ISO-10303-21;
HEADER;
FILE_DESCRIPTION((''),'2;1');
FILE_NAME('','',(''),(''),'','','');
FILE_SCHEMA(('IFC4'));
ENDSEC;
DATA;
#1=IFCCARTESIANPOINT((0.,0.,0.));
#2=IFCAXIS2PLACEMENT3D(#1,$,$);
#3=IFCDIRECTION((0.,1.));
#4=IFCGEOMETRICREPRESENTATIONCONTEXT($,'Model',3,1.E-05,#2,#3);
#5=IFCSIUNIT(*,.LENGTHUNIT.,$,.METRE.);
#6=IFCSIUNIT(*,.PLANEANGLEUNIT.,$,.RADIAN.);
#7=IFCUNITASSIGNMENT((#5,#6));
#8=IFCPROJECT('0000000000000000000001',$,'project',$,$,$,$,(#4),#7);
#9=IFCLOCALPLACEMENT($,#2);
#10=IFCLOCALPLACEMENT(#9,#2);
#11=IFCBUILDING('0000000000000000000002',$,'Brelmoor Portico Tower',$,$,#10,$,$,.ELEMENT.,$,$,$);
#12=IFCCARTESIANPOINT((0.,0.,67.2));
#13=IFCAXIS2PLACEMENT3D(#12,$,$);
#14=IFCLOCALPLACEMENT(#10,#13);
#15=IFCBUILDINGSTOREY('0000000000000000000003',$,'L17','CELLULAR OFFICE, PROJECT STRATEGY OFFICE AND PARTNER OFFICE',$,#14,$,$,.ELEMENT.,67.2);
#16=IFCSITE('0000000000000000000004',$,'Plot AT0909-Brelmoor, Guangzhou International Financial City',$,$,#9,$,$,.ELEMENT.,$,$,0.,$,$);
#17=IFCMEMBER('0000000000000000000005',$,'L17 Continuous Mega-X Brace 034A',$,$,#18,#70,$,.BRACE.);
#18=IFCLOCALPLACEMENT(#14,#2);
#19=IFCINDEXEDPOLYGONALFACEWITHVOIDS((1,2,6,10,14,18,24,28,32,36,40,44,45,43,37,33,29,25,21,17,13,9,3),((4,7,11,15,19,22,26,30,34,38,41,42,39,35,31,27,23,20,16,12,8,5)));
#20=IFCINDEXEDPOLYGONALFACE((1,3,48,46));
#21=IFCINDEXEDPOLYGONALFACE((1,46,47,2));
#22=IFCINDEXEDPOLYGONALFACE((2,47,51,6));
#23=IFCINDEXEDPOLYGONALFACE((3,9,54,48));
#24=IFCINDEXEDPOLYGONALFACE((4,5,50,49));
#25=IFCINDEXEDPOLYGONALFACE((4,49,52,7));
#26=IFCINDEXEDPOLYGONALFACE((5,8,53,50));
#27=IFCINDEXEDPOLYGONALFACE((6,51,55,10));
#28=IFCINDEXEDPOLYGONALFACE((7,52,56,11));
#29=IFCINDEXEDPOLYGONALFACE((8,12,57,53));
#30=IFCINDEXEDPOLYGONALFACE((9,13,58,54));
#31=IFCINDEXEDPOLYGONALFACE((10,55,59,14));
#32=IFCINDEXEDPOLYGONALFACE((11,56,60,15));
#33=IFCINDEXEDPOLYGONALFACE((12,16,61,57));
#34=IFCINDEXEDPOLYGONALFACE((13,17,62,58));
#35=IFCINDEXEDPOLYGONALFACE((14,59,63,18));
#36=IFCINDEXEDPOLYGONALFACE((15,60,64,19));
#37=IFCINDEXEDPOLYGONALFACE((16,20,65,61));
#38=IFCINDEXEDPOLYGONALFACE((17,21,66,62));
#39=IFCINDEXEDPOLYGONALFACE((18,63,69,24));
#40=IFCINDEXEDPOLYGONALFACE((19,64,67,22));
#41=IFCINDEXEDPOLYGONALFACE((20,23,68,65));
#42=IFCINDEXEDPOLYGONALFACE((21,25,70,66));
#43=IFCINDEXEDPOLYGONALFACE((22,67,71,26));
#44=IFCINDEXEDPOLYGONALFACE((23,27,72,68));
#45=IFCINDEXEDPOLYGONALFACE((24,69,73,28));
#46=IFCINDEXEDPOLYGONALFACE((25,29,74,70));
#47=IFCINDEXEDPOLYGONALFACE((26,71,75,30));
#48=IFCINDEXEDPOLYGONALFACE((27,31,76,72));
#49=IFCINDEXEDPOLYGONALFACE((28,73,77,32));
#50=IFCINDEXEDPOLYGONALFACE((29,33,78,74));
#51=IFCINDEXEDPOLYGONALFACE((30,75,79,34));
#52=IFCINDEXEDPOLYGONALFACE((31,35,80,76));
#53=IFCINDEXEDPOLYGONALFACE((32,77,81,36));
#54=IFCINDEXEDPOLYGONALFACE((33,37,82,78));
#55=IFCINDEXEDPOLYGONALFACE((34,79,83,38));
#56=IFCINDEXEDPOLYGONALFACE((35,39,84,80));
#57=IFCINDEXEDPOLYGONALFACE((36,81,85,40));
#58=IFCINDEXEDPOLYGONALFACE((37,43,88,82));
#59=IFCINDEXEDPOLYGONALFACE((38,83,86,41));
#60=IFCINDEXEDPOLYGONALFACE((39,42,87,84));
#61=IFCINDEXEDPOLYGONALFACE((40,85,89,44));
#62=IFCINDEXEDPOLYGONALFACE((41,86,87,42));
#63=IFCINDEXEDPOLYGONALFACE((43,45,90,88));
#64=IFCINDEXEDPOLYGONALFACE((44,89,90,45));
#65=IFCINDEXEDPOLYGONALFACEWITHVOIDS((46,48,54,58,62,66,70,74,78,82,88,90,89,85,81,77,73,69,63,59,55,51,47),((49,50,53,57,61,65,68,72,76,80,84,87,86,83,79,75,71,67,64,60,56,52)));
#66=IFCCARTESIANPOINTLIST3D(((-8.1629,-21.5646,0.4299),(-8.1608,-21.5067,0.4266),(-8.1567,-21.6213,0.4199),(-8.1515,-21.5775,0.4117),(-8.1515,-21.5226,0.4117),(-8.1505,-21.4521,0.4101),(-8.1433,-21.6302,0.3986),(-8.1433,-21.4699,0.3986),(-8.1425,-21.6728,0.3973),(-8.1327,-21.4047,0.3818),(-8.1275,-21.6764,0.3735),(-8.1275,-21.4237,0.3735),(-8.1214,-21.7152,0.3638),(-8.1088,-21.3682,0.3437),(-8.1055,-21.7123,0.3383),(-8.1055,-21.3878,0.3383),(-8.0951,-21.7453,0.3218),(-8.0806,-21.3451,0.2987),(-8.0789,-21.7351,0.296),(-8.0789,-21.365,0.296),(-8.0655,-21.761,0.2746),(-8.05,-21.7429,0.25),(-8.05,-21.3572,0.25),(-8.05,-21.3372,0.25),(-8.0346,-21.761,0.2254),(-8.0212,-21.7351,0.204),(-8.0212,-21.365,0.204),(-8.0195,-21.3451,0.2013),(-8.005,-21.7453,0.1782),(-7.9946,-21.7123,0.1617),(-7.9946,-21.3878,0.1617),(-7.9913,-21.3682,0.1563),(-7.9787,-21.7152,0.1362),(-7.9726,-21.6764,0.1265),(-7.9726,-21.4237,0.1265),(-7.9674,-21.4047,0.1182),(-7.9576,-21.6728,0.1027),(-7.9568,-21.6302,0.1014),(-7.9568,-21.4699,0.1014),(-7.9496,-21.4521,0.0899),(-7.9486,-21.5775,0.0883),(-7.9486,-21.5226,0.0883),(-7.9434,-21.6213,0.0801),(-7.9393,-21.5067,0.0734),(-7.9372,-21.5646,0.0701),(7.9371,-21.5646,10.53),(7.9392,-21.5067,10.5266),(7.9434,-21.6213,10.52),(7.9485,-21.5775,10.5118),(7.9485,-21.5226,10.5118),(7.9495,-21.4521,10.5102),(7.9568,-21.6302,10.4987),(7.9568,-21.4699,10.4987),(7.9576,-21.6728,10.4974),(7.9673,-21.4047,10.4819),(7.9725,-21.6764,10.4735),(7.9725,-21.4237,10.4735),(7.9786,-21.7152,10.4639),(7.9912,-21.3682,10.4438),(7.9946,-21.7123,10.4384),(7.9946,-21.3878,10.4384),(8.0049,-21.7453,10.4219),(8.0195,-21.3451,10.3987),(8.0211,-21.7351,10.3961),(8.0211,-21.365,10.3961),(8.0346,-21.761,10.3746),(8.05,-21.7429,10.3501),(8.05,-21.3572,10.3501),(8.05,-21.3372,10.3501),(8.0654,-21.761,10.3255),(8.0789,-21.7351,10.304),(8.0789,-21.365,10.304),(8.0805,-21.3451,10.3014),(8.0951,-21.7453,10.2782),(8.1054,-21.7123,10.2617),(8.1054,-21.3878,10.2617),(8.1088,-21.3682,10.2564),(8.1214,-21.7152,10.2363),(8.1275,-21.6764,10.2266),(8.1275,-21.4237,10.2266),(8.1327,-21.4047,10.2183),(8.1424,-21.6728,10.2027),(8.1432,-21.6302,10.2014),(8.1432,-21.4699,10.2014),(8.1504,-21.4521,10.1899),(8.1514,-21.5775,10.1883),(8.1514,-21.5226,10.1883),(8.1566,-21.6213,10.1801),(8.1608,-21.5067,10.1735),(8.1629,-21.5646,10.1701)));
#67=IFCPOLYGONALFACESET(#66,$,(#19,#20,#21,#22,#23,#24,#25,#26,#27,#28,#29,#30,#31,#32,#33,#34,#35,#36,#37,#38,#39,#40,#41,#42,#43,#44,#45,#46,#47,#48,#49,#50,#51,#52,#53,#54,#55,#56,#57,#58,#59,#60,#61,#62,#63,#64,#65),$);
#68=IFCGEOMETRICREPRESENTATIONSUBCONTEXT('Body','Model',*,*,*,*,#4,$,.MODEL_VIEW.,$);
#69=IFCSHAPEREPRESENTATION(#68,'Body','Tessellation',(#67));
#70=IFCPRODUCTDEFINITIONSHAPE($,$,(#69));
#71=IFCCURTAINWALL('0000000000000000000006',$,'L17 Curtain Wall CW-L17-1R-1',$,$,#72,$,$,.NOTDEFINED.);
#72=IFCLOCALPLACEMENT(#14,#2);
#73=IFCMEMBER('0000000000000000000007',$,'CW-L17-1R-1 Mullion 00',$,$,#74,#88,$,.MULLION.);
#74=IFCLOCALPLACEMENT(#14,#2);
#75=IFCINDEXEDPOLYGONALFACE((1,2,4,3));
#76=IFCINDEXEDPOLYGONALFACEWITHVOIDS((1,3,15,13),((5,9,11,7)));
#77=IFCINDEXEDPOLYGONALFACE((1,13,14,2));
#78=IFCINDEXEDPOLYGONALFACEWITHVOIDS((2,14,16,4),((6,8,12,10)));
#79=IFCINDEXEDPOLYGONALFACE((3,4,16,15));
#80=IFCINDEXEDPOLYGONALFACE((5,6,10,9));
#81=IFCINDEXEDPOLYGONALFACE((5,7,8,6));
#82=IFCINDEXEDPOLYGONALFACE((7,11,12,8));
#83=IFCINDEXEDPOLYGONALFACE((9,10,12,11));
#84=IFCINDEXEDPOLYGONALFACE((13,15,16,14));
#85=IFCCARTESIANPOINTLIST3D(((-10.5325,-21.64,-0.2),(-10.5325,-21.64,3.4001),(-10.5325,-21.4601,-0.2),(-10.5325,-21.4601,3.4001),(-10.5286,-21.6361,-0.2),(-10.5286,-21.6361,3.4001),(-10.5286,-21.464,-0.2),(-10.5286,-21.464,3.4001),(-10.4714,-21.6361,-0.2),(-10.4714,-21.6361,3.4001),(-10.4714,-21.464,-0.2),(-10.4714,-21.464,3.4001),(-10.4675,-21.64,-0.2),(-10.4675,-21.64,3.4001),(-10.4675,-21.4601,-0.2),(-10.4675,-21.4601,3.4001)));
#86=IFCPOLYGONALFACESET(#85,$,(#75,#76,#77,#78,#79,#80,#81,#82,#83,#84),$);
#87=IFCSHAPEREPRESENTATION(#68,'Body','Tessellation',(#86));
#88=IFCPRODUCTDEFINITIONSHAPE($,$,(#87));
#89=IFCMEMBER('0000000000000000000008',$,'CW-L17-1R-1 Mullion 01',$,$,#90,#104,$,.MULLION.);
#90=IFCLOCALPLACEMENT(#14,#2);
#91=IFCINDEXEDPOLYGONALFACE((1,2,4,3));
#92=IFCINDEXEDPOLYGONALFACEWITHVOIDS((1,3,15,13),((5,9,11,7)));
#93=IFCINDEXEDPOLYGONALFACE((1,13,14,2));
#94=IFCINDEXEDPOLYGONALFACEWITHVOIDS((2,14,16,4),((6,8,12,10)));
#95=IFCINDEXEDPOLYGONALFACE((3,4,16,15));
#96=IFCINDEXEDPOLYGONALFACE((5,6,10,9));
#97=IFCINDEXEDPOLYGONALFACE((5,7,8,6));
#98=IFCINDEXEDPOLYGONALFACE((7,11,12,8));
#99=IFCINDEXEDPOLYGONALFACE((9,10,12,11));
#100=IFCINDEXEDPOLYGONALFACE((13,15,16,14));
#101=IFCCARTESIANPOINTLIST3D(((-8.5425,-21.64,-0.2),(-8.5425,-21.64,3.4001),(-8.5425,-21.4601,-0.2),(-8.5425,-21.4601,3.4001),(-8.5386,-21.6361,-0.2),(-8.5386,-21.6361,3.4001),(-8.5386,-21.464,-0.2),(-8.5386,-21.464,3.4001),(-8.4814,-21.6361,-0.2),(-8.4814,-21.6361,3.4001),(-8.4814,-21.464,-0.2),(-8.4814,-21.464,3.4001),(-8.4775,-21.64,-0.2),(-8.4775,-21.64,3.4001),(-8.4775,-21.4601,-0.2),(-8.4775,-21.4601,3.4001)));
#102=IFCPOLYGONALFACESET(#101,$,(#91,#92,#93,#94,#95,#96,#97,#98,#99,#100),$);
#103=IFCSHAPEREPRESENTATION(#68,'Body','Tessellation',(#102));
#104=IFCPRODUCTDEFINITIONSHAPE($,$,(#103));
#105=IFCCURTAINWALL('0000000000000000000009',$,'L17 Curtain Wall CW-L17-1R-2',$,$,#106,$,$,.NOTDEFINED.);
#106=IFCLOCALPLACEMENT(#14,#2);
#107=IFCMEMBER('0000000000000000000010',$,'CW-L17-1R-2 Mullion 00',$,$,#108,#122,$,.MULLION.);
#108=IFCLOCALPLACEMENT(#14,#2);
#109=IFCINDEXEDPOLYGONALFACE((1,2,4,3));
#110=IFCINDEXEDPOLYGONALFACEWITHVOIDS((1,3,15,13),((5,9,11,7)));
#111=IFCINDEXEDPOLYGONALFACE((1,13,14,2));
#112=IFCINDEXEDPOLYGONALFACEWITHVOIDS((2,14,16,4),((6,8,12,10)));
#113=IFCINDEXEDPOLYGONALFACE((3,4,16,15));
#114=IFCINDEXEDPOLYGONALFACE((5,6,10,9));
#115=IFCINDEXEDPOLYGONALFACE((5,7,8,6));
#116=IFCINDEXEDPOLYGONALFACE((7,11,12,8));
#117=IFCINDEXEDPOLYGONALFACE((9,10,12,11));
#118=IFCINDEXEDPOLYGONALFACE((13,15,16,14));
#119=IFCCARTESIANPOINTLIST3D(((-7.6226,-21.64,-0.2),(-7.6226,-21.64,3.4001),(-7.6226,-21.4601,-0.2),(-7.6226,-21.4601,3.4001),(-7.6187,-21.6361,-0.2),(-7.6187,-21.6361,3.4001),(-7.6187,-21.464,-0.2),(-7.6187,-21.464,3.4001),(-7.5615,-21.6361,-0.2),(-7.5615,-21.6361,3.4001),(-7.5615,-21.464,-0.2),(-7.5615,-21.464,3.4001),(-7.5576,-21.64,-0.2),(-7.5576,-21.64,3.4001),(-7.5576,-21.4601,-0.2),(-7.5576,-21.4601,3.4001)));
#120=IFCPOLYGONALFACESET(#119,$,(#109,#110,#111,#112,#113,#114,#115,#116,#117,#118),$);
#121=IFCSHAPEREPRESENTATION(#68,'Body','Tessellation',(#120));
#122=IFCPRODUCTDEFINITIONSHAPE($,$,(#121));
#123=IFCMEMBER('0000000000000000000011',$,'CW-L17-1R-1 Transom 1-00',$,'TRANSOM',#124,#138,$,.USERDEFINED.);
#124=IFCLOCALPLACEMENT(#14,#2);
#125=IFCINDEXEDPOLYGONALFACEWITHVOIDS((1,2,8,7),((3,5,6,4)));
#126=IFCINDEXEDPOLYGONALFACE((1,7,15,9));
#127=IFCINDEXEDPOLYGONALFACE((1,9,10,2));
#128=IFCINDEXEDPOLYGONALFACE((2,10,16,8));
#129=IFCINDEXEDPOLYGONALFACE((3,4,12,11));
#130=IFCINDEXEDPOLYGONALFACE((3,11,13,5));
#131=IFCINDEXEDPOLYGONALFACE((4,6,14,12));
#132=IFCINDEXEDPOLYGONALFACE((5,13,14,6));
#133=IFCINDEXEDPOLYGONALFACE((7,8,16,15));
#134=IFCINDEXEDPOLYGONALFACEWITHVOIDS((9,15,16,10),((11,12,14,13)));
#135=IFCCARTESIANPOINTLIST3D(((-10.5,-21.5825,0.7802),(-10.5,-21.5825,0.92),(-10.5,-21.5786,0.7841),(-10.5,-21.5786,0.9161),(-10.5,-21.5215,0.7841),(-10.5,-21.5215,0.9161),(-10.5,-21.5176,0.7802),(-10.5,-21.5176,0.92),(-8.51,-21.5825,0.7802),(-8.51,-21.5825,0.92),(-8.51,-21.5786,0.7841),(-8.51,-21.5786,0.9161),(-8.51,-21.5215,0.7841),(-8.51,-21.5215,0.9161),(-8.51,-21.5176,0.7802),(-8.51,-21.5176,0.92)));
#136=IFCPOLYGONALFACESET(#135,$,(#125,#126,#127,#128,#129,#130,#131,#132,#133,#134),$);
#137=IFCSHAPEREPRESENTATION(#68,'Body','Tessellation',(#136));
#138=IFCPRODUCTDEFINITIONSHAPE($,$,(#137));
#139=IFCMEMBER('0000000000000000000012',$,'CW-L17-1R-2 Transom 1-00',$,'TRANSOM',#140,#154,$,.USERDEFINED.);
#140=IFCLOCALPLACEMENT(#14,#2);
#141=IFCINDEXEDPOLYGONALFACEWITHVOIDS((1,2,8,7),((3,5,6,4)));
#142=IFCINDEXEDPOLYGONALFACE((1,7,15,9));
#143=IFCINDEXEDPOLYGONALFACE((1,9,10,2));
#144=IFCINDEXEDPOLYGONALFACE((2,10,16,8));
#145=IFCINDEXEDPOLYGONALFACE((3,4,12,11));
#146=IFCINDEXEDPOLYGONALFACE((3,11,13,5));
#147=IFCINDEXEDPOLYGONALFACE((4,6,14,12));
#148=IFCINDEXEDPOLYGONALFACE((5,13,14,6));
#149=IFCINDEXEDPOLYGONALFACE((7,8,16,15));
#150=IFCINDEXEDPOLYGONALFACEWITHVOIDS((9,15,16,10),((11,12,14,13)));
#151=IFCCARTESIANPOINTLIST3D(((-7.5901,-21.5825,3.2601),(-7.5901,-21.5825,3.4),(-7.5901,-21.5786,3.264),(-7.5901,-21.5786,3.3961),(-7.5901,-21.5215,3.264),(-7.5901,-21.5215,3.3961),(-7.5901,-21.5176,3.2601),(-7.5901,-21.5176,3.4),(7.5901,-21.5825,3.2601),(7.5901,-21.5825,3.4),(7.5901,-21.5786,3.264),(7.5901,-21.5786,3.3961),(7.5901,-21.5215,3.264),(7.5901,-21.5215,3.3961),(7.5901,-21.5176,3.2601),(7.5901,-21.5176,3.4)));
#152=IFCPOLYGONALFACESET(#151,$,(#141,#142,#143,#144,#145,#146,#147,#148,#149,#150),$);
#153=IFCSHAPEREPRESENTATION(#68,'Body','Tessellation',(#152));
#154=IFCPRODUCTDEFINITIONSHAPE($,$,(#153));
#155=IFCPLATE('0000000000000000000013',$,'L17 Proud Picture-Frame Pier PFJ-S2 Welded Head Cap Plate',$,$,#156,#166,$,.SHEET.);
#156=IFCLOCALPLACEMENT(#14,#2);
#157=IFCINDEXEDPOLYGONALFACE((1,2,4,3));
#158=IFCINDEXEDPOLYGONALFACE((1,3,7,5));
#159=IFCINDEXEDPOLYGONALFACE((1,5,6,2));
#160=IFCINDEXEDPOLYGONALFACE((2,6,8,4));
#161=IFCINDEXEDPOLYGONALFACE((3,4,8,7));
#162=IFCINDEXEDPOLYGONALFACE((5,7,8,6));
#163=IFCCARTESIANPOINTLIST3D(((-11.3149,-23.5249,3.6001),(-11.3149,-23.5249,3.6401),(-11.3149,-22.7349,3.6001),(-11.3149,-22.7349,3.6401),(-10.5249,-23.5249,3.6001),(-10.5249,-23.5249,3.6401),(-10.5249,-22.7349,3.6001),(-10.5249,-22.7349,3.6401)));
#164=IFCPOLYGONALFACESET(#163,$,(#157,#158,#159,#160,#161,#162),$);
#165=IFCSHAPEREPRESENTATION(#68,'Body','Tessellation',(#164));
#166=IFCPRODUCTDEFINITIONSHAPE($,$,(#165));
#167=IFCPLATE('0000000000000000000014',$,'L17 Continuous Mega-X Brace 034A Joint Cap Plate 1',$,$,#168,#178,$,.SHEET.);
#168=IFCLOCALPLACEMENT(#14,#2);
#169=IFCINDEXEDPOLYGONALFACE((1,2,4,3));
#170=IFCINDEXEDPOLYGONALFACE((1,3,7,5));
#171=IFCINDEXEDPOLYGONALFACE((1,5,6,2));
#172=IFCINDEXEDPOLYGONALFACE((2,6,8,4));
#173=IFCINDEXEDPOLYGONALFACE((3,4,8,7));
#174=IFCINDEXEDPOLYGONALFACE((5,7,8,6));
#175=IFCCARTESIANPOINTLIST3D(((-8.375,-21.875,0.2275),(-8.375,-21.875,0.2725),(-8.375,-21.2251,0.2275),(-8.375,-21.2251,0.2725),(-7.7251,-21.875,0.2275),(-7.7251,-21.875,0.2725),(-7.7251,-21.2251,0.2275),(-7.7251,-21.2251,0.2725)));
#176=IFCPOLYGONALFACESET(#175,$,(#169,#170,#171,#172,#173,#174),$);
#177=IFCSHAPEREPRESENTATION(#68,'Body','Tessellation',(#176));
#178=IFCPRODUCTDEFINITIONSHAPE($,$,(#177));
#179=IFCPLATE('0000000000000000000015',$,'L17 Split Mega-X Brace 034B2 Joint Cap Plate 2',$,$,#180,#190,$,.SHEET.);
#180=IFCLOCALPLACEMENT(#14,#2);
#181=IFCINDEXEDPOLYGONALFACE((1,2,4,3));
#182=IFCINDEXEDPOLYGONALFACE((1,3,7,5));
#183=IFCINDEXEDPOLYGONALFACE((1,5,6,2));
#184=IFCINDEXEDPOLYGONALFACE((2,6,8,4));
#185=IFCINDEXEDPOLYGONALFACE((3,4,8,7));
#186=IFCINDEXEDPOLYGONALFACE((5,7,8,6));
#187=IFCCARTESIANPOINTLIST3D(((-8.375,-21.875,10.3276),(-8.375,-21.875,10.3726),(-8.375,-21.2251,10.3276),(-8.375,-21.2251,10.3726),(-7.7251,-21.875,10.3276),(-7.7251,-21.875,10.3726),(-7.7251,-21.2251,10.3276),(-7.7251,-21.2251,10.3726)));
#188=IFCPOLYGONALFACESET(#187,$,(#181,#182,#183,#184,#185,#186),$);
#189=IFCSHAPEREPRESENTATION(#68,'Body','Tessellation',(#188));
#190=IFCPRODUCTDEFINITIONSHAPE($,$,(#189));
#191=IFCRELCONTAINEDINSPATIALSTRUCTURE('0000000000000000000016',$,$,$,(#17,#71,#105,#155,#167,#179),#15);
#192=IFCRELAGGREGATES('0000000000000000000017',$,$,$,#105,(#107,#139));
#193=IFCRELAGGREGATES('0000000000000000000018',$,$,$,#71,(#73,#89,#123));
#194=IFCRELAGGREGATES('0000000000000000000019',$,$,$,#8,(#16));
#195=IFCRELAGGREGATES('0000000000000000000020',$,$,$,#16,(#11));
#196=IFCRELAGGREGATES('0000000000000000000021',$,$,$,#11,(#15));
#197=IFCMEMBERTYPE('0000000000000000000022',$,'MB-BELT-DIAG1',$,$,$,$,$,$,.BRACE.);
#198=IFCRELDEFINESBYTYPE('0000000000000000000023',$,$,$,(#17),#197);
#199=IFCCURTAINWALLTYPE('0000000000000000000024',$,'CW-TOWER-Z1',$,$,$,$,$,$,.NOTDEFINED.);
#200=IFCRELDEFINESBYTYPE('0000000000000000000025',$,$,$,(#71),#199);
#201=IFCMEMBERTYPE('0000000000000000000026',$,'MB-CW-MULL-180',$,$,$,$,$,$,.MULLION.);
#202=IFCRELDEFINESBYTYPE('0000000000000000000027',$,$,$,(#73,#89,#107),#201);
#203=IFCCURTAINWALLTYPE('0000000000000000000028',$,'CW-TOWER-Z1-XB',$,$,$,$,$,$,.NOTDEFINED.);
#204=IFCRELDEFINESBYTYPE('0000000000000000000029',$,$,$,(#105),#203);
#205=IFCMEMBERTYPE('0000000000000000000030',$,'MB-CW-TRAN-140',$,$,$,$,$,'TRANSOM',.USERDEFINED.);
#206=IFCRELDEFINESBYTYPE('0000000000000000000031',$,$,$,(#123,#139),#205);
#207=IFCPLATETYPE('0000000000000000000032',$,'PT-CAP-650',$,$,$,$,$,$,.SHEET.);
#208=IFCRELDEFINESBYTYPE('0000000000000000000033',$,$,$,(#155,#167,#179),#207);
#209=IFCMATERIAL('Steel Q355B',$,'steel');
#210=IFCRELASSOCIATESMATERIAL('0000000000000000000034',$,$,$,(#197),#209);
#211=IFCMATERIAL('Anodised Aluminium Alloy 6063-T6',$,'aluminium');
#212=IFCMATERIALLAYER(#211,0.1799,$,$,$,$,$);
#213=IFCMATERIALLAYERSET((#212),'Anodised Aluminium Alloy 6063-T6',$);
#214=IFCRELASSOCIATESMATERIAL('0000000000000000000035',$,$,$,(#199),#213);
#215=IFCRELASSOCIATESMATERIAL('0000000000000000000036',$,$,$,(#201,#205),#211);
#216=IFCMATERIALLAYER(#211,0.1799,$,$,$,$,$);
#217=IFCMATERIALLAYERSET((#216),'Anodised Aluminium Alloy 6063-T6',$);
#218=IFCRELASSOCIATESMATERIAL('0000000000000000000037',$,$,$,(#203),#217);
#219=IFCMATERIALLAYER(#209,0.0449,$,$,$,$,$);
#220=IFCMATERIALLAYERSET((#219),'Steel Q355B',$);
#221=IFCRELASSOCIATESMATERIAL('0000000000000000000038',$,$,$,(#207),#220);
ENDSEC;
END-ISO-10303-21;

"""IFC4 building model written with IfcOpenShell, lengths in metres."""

from ifc_helpers import new_model, si_unit, direction, frame, origin, origin_2d, place, context, subcontext, project, spatial, rectangle, hollow_rectangle, hollow_circle, extrude, material, layer, layer_set, material_profile, profile_set, type_object, element, aggregate, save


model = new_model("IFC4")

# Units and contexts
model_context = context("Model", 3, precision=1e-05, world=origin(), true_north=direction((0.0, 1.0)))
body_context = subcontext(model_context, "Body", "Model", "MODEL_VIEW")
ifc_project = project(units=[si_unit("LENGTHUNIT", "METRE"), si_unit("PLANEANGLEUNIT", "RADIAN")], contexts=[model_context])

# Site, building, storey
site_placement = place(None, origin())
site = spatial("IfcSite", under=ifc_project, at=site_placement, Name="Plot AT0909-Brelmoor, Guangzhou International Financial City", CompositionType="ELEMENT", RefElevation=0.0)
building_placement = place(site_placement, origin())
building = spatial("IfcBuilding", under=site, at=building_placement, Name="Brelmoor Portico Tower", CompositionType="ELEMENT")
storey_placement = place(building_placement, frame((0.0, 0.0, 67.2)))
storey = spatial("IfcBuildingStorey", under=building, at=storey_placement, Name="L17", Description="CELLULAR OFFICE, PROJECT STRATEGY OFFICE AND PARTNER OFFICE", CompositionType="ELEMENT", Elevation=67.2)

# Shared definitions
ifc_material_1 = material(Name="Steel Q355B", Category="steel")

# Member
ifc_material_profile_1 = material_profile(ifc_material_1, hollow_circle(Radius=0.2129, WallThickness=0.02, at=origin_2d()), Name="CHS 426x20")
ifc_profile_set_1 = profile_set([ifc_material_profile_1], Name="Steel Q355B")
member_type_1 = type_object("IfcMemberType", Name="MB-BELT-DIAG1", PredefinedType="BRACE", material=ifc_profile_set_1)
member_1_placement = place(storey_placement, frame((-8.05, -21.55, 0.25), z_axis=(0.847109, 0.0, 0.531418), x_axis=(0.0, 1.0, 0.0)))
element("IfcMember", 1, at=member_1_placement, inside=storey, type_object=member_type_1, Name="L17 Continuous Mega-X Brace 034A", PredefinedType="BRACE", context=body_context, shape_type="SweptSolid", body=[
    extrude(hollow_circle(Radius=0.2129, WallThickness=0.02, at=origin_2d()), origin(), (0.0, 0.0, 1.0), 19.0059),
])

# Curtain wall, members
ifc_material_2 = material(Name="Anodised Aluminium Alloy 6063-T6", Category="aluminium")
ifc_layer_1 = layer(ifc_material_2, 0.1799)
ifc_layer_set_1 = layer_set([ifc_layer_1], Name="Anodised Aluminium Alloy 6063-T6")
curtain_wall_type_1 = type_object("IfcCurtainWallType", Name="CW-TOWER-Z1", PredefinedType="NOTDEFINED", material=ifc_layer_set_1)
curtain_wall_1_placement = place(storey_placement, origin())
curtain_wall_1 = element("IfcCurtainWall", 2, at=curtain_wall_1_placement, inside=storey, type_object=curtain_wall_type_1, Name="L17 Curtain Wall CW-L17-1R-1", PredefinedType="NOTDEFINED")
ifc_material_profile_2 = material_profile(ifc_material_2, hollow_rectangle(XDim=0.0649, YDim=0.1799, WallThickness=0.0039, at=origin_2d()), Name="ALU MULLION 65x180")
ifc_profile_set_2 = profile_set([ifc_material_profile_2], Name="Anodised Aluminium Alloy 6063-T6")
member_type_2 = type_object("IfcMemberType", Name="MB-CW-MULL-180", PredefinedType="MULLION", material=ifc_profile_set_2)
member_2_placement = place(storey_placement, frame((-10.5, -21.55, -0.2), z_axis=(0.0, 0.0, 1.0), x_axis=(1.0, 0.0, 0.0)))
member_2 = element("IfcMember", 3, at=member_2_placement, type_object=member_type_2, Name="CW-L17-1R-1 Mullion 00", PredefinedType="MULLION", context=body_context, shape_type="SweptSolid", body=[
    extrude(hollow_rectangle(XDim=0.0649, YDim=0.1799, WallThickness=0.0039, at=origin_2d()), origin(), (0.0, 0.0, 1.0), 3.6001),
])
member_3_placement = place(storey_placement, frame((-8.51, -21.55, -0.2), z_axis=(0.0, 0.0, 1.0), x_axis=(1.0, 0.0, 0.0)))
member_3 = element("IfcMember", 4, at=member_3_placement, type_object=member_type_2, Name="CW-L17-1R-1 Mullion 01", PredefinedType="MULLION", context=body_context, shape_type="SweptSolid", body=[
    extrude(hollow_rectangle(XDim=0.0649, YDim=0.1799, WallThickness=0.0039, at=origin_2d()), origin(), (0.0, 0.0, 1.0), 3.6001),
])

# Curtain wall, member
ifc_layer_2 = layer(ifc_material_2, 0.1799)
ifc_layer_set_2 = layer_set([ifc_layer_2], Name="Anodised Aluminium Alloy 6063-T6")
curtain_wall_type_2 = type_object("IfcCurtainWallType", Name="CW-TOWER-Z1-XB", PredefinedType="NOTDEFINED", material=ifc_layer_set_2)
curtain_wall_2_placement = place(storey_placement, origin())
curtain_wall_2 = element("IfcCurtainWall", 5, at=curtain_wall_2_placement, inside=storey, type_object=curtain_wall_type_2, Name="L17 Curtain Wall CW-L17-1R-2", PredefinedType="NOTDEFINED")
member_4_placement = place(storey_placement, frame((-7.5901, -21.55, -0.2), z_axis=(0.0, 0.0, 1.0), x_axis=(1.0, 0.0, 0.0)))
member_4 = element("IfcMember", 6, at=member_4_placement, type_object=member_type_2, Name="CW-L17-1R-2 Mullion 00", PredefinedType="MULLION", context=body_context, shape_type="SweptSolid", body=[
    extrude(hollow_rectangle(XDim=0.0649, YDim=0.1799, WallThickness=0.0039, at=origin_2d()), origin(), (0.0, 0.0, 1.0), 3.6001),
])

# Members
ifc_material_profile_3 = material_profile(ifc_material_2, hollow_rectangle(XDim=0.0649, YDim=0.1399, WallThickness=0.0039, at=origin_2d()), Name="ALU TRANSOM 65x140")
ifc_profile_set_3 = profile_set([ifc_material_profile_3], Name="Anodised Aluminium Alloy 6063-T6")
member_type_3 = type_object("IfcMemberType", Name="MB-CW-TRAN-140", ElementType="TRANSOM", PredefinedType="USERDEFINED", material=ifc_profile_set_3)
member_5_placement = place(storey_placement, frame((-10.5, -21.55, 0.8501), z_axis=(1.0, 0.0, 0.0), x_axis=(0.0, 1.0, 0.0)))
member_5 = element("IfcMember", 7, at=member_5_placement, type_object=member_type_3, Name="CW-L17-1R-1 Transom 1-00", ObjectType="TRANSOM", PredefinedType="USERDEFINED", context=body_context, shape_type="SweptSolid", body=[
    extrude(hollow_rectangle(XDim=0.0649, YDim=0.1399, WallThickness=0.0039, at=origin_2d()), origin(), (0.0, 0.0, 1.0), 1.99),
])
member_6_placement = place(storey_placement, frame((-7.5901, -21.55, 3.3301), z_axis=(1.0, 0.0, 0.0), x_axis=(0.0, 1.0, 0.0)))
member_6 = element("IfcMember", 8, at=member_6_placement, type_object=member_type_3, Name="CW-L17-1R-2 Transom 1-00", ObjectType="TRANSOM", PredefinedType="USERDEFINED", context=body_context, shape_type="SweptSolid", body=[
    extrude(hollow_rectangle(XDim=0.0649, YDim=0.1399, WallThickness=0.0039, at=origin_2d()), origin(), (0.0, 0.0, 1.0), 15.1802),
])
aggregate(curtain_wall_2, [member_4, member_6])

# Plates
ifc_layer_3 = layer(ifc_material_1, 0.0449)
ifc_layer_set_3 = layer_set([ifc_layer_3], Name="Steel Q355B")
plate_type_1 = type_object("IfcPlateType", Name="PT-CAP-650", PredefinedType="SHEET", material=ifc_layer_set_3)
plate_1_placement = place(storey_placement, frame((-10.9199, -23.1299, 3.6001), z_axis=(0.0, 0.0, 1.0), x_axis=(1.0, 0.0, 0.0)))
element("IfcPlate", 9, at=plate_1_placement, inside=storey, type_object=plate_type_1, Name="L17 Proud Picture-Frame Pier PFJ-S2 Welded Head Cap Plate", PredefinedType="SHEET", context=body_context, shape_type="SweptSolid", body=[
    extrude(rectangle(XDim=0.79, YDim=0.79, at=origin_2d()), origin(), (0.0, 0.0, 1.0), 0.04),
])
for number, where, z_axis, x_axis, name in (
    (10, (-8.05, -21.55, 0.2275), (0.0, 0.0, 1.0), (1.0, 0.0, 0.0), "L17 Continuous Mega-X Brace 034A Joint Cap Plate 1"),
    (11, (-8.05, -21.55, 10.3276), (0.0, 0.0, 1.0), (1.0, 0.0, 0.0), "L17 Split Mega-X Brace 034B2 Joint Cap Plate 2"),
):
    element("IfcPlate", number, at=place(storey_placement, frame(where, z_axis=z_axis, x_axis=x_axis)), inside=storey, type_object=plate_type_1, Name=name, PredefinedType="SHEET", context=body_context, shape_type="SweptSolid", body=[
        extrude(rectangle(XDim=0.6499, YDim=0.6499, at=origin_2d()), origin(), (0.0, 0.0, 1.0), 0.0449),
    ])

aggregate(curtain_wall_1, [member_2, member_3, member_5])

save(model, "model.ifc")
